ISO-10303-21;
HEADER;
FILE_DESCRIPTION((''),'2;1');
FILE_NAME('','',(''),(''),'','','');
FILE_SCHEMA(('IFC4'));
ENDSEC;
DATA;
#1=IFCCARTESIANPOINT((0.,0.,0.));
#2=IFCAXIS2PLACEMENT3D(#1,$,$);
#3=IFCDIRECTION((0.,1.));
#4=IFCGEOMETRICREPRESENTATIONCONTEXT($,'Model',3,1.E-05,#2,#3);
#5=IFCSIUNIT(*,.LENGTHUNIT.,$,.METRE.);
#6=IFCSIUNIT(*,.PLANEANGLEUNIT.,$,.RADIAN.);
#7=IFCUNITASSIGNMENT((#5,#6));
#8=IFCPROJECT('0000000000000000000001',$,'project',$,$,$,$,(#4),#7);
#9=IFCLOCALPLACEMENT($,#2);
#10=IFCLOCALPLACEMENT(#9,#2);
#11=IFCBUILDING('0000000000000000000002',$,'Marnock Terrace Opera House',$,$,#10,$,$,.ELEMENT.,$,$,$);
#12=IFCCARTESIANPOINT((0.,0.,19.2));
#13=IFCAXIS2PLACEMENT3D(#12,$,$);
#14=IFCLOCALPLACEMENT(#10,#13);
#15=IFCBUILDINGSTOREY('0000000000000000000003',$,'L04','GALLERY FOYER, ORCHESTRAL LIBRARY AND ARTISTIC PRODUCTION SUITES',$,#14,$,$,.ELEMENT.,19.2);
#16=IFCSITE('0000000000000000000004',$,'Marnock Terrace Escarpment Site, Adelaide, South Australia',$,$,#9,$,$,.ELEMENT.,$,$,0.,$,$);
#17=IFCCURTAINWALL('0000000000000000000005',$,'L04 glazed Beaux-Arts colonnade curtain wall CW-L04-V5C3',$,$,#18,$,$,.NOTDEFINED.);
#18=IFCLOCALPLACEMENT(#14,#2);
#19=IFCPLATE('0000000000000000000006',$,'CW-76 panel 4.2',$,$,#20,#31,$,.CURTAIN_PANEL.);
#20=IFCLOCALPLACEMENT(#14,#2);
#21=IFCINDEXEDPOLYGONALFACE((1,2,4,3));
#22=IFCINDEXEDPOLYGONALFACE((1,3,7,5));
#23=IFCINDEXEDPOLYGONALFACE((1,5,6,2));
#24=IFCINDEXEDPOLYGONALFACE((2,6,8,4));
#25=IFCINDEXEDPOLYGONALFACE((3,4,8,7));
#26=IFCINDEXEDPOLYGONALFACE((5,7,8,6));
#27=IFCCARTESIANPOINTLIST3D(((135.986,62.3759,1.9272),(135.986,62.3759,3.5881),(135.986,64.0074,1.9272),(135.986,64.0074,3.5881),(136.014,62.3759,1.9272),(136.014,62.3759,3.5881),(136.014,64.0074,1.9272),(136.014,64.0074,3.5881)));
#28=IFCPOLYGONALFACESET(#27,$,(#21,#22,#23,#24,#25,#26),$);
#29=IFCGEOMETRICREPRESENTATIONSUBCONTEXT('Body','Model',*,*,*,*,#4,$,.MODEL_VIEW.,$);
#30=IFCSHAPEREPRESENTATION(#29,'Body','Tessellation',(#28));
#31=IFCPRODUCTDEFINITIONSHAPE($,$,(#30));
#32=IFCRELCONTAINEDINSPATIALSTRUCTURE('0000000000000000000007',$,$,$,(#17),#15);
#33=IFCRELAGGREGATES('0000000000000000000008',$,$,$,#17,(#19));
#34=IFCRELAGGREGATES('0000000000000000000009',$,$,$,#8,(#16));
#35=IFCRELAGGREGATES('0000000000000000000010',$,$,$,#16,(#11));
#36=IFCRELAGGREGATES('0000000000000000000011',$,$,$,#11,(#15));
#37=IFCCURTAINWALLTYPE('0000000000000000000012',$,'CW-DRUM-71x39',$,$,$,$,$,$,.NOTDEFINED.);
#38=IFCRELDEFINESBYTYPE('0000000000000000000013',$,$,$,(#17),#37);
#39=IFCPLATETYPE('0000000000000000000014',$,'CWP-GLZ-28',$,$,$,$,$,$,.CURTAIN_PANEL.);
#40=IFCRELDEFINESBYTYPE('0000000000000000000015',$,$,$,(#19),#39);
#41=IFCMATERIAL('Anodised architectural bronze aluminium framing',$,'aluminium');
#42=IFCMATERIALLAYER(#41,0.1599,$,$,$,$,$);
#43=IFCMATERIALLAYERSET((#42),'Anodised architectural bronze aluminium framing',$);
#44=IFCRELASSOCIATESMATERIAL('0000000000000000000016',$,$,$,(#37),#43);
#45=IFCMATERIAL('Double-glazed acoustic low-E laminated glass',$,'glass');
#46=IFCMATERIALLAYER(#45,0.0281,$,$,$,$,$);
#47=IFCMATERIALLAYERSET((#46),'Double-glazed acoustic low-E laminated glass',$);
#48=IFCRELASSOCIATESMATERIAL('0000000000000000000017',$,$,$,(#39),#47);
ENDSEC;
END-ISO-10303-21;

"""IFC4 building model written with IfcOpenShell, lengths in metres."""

from ifc_helpers import new_model, si_unit, direction, frame, origin, origin_2d, place, context, subcontext, project, spatial, rectangle, extrude, material, layer, layer_set, type_object, element, aggregate, save


model = new_model("IFC4")

# Units and contexts
model_context = context("Model", 3, precision=1e-05, world=origin(), true_north=direction((0.0, 1.0)))
body_context = subcontext(model_context, "Body", "Model", "MODEL_VIEW")
ifc_project = project(units=[si_unit("LENGTHUNIT", "METRE"), si_unit("PLANEANGLEUNIT", "RADIAN")], contexts=[model_context])

# Site, building, storey
site_placement = place(None, origin())
site = spatial("IfcSite", under=ifc_project, at=site_placement, Name="Marnock Terrace Escarpment Site, Adelaide, South Australia", CompositionType="ELEMENT", RefElevation=0.0)
building_placement = place(site_placement, origin())
building = spatial("IfcBuilding", under=site, at=building_placement, Name="Marnock Terrace Opera House", CompositionType="ELEMENT")
storey_placement = place(building_placement, frame((0.0, 0.0, 19.2)))
storey = spatial("IfcBuildingStorey", under=building, at=storey_placement, Name="L04", Description="GALLERY FOYER, ORCHESTRAL LIBRARY AND ARTISTIC PRODUCTION SUITES", CompositionType="ELEMENT", Elevation=19.2)

# Curtain wall
ifc_material_1 = material(Name="Anodised architectural bronze aluminium framing", Category="aluminium")
ifc_layer_1 = layer(ifc_material_1, 0.1599)
ifc_layer_set_1 = layer_set([ifc_layer_1], Name="Anodised architectural bronze aluminium framing")
curtain_wall_type = type_object("IfcCurtainWallType", Name="CW-DRUM-71x39", PredefinedType="NOTDEFINED", material=ifc_layer_set_1)
curtain_wall_1_placement = place(storey_placement, origin())
curtain_wall_1 = element("IfcCurtainWall", 1, at=curtain_wall_1_placement, inside=storey, type_object=curtain_wall_type, Name="L04 glazed Beaux-Arts colonnade curtain wall CW-L04-V5C3", PredefinedType="NOTDEFINED")

# Plate
ifc_material_2 = material(Name="Double-glazed acoustic low-E laminated glass", Category="glass")
ifc_layer_2 = layer(ifc_material_2, 0.0281)
ifc_layer_set_2 = layer_set([ifc_layer_2], Name="Double-glazed acoustic low-E laminated glass")
plate_type = type_object("IfcPlateType", Name="CWP-GLZ-28", PredefinedType="CURTAIN_PANEL", material=ifc_layer_set_2)
plate_1_placement = place(storey_placement, frame((136.0, 63.1917, 1.9272), z_axis=(0.0, 0.0, 1.0), x_axis=(0.0, 1.0, 0.0)))
plate_1 = element("IfcPlate", 2, at=plate_1_placement, type_object=plate_type, Name="CW-76 panel 4.2", PredefinedType="CURTAIN_PANEL", context=body_context, shape_type="SweptSolid", body=[
    extrude(rectangle(XDim=1.6316, YDim=0.0281, at=origin_2d()), origin(), (0.0, 0.0, 1.0), 1.6609),
])
aggregate(curtain_wall_1, [plate_1])

save(model, "model.ifc")
